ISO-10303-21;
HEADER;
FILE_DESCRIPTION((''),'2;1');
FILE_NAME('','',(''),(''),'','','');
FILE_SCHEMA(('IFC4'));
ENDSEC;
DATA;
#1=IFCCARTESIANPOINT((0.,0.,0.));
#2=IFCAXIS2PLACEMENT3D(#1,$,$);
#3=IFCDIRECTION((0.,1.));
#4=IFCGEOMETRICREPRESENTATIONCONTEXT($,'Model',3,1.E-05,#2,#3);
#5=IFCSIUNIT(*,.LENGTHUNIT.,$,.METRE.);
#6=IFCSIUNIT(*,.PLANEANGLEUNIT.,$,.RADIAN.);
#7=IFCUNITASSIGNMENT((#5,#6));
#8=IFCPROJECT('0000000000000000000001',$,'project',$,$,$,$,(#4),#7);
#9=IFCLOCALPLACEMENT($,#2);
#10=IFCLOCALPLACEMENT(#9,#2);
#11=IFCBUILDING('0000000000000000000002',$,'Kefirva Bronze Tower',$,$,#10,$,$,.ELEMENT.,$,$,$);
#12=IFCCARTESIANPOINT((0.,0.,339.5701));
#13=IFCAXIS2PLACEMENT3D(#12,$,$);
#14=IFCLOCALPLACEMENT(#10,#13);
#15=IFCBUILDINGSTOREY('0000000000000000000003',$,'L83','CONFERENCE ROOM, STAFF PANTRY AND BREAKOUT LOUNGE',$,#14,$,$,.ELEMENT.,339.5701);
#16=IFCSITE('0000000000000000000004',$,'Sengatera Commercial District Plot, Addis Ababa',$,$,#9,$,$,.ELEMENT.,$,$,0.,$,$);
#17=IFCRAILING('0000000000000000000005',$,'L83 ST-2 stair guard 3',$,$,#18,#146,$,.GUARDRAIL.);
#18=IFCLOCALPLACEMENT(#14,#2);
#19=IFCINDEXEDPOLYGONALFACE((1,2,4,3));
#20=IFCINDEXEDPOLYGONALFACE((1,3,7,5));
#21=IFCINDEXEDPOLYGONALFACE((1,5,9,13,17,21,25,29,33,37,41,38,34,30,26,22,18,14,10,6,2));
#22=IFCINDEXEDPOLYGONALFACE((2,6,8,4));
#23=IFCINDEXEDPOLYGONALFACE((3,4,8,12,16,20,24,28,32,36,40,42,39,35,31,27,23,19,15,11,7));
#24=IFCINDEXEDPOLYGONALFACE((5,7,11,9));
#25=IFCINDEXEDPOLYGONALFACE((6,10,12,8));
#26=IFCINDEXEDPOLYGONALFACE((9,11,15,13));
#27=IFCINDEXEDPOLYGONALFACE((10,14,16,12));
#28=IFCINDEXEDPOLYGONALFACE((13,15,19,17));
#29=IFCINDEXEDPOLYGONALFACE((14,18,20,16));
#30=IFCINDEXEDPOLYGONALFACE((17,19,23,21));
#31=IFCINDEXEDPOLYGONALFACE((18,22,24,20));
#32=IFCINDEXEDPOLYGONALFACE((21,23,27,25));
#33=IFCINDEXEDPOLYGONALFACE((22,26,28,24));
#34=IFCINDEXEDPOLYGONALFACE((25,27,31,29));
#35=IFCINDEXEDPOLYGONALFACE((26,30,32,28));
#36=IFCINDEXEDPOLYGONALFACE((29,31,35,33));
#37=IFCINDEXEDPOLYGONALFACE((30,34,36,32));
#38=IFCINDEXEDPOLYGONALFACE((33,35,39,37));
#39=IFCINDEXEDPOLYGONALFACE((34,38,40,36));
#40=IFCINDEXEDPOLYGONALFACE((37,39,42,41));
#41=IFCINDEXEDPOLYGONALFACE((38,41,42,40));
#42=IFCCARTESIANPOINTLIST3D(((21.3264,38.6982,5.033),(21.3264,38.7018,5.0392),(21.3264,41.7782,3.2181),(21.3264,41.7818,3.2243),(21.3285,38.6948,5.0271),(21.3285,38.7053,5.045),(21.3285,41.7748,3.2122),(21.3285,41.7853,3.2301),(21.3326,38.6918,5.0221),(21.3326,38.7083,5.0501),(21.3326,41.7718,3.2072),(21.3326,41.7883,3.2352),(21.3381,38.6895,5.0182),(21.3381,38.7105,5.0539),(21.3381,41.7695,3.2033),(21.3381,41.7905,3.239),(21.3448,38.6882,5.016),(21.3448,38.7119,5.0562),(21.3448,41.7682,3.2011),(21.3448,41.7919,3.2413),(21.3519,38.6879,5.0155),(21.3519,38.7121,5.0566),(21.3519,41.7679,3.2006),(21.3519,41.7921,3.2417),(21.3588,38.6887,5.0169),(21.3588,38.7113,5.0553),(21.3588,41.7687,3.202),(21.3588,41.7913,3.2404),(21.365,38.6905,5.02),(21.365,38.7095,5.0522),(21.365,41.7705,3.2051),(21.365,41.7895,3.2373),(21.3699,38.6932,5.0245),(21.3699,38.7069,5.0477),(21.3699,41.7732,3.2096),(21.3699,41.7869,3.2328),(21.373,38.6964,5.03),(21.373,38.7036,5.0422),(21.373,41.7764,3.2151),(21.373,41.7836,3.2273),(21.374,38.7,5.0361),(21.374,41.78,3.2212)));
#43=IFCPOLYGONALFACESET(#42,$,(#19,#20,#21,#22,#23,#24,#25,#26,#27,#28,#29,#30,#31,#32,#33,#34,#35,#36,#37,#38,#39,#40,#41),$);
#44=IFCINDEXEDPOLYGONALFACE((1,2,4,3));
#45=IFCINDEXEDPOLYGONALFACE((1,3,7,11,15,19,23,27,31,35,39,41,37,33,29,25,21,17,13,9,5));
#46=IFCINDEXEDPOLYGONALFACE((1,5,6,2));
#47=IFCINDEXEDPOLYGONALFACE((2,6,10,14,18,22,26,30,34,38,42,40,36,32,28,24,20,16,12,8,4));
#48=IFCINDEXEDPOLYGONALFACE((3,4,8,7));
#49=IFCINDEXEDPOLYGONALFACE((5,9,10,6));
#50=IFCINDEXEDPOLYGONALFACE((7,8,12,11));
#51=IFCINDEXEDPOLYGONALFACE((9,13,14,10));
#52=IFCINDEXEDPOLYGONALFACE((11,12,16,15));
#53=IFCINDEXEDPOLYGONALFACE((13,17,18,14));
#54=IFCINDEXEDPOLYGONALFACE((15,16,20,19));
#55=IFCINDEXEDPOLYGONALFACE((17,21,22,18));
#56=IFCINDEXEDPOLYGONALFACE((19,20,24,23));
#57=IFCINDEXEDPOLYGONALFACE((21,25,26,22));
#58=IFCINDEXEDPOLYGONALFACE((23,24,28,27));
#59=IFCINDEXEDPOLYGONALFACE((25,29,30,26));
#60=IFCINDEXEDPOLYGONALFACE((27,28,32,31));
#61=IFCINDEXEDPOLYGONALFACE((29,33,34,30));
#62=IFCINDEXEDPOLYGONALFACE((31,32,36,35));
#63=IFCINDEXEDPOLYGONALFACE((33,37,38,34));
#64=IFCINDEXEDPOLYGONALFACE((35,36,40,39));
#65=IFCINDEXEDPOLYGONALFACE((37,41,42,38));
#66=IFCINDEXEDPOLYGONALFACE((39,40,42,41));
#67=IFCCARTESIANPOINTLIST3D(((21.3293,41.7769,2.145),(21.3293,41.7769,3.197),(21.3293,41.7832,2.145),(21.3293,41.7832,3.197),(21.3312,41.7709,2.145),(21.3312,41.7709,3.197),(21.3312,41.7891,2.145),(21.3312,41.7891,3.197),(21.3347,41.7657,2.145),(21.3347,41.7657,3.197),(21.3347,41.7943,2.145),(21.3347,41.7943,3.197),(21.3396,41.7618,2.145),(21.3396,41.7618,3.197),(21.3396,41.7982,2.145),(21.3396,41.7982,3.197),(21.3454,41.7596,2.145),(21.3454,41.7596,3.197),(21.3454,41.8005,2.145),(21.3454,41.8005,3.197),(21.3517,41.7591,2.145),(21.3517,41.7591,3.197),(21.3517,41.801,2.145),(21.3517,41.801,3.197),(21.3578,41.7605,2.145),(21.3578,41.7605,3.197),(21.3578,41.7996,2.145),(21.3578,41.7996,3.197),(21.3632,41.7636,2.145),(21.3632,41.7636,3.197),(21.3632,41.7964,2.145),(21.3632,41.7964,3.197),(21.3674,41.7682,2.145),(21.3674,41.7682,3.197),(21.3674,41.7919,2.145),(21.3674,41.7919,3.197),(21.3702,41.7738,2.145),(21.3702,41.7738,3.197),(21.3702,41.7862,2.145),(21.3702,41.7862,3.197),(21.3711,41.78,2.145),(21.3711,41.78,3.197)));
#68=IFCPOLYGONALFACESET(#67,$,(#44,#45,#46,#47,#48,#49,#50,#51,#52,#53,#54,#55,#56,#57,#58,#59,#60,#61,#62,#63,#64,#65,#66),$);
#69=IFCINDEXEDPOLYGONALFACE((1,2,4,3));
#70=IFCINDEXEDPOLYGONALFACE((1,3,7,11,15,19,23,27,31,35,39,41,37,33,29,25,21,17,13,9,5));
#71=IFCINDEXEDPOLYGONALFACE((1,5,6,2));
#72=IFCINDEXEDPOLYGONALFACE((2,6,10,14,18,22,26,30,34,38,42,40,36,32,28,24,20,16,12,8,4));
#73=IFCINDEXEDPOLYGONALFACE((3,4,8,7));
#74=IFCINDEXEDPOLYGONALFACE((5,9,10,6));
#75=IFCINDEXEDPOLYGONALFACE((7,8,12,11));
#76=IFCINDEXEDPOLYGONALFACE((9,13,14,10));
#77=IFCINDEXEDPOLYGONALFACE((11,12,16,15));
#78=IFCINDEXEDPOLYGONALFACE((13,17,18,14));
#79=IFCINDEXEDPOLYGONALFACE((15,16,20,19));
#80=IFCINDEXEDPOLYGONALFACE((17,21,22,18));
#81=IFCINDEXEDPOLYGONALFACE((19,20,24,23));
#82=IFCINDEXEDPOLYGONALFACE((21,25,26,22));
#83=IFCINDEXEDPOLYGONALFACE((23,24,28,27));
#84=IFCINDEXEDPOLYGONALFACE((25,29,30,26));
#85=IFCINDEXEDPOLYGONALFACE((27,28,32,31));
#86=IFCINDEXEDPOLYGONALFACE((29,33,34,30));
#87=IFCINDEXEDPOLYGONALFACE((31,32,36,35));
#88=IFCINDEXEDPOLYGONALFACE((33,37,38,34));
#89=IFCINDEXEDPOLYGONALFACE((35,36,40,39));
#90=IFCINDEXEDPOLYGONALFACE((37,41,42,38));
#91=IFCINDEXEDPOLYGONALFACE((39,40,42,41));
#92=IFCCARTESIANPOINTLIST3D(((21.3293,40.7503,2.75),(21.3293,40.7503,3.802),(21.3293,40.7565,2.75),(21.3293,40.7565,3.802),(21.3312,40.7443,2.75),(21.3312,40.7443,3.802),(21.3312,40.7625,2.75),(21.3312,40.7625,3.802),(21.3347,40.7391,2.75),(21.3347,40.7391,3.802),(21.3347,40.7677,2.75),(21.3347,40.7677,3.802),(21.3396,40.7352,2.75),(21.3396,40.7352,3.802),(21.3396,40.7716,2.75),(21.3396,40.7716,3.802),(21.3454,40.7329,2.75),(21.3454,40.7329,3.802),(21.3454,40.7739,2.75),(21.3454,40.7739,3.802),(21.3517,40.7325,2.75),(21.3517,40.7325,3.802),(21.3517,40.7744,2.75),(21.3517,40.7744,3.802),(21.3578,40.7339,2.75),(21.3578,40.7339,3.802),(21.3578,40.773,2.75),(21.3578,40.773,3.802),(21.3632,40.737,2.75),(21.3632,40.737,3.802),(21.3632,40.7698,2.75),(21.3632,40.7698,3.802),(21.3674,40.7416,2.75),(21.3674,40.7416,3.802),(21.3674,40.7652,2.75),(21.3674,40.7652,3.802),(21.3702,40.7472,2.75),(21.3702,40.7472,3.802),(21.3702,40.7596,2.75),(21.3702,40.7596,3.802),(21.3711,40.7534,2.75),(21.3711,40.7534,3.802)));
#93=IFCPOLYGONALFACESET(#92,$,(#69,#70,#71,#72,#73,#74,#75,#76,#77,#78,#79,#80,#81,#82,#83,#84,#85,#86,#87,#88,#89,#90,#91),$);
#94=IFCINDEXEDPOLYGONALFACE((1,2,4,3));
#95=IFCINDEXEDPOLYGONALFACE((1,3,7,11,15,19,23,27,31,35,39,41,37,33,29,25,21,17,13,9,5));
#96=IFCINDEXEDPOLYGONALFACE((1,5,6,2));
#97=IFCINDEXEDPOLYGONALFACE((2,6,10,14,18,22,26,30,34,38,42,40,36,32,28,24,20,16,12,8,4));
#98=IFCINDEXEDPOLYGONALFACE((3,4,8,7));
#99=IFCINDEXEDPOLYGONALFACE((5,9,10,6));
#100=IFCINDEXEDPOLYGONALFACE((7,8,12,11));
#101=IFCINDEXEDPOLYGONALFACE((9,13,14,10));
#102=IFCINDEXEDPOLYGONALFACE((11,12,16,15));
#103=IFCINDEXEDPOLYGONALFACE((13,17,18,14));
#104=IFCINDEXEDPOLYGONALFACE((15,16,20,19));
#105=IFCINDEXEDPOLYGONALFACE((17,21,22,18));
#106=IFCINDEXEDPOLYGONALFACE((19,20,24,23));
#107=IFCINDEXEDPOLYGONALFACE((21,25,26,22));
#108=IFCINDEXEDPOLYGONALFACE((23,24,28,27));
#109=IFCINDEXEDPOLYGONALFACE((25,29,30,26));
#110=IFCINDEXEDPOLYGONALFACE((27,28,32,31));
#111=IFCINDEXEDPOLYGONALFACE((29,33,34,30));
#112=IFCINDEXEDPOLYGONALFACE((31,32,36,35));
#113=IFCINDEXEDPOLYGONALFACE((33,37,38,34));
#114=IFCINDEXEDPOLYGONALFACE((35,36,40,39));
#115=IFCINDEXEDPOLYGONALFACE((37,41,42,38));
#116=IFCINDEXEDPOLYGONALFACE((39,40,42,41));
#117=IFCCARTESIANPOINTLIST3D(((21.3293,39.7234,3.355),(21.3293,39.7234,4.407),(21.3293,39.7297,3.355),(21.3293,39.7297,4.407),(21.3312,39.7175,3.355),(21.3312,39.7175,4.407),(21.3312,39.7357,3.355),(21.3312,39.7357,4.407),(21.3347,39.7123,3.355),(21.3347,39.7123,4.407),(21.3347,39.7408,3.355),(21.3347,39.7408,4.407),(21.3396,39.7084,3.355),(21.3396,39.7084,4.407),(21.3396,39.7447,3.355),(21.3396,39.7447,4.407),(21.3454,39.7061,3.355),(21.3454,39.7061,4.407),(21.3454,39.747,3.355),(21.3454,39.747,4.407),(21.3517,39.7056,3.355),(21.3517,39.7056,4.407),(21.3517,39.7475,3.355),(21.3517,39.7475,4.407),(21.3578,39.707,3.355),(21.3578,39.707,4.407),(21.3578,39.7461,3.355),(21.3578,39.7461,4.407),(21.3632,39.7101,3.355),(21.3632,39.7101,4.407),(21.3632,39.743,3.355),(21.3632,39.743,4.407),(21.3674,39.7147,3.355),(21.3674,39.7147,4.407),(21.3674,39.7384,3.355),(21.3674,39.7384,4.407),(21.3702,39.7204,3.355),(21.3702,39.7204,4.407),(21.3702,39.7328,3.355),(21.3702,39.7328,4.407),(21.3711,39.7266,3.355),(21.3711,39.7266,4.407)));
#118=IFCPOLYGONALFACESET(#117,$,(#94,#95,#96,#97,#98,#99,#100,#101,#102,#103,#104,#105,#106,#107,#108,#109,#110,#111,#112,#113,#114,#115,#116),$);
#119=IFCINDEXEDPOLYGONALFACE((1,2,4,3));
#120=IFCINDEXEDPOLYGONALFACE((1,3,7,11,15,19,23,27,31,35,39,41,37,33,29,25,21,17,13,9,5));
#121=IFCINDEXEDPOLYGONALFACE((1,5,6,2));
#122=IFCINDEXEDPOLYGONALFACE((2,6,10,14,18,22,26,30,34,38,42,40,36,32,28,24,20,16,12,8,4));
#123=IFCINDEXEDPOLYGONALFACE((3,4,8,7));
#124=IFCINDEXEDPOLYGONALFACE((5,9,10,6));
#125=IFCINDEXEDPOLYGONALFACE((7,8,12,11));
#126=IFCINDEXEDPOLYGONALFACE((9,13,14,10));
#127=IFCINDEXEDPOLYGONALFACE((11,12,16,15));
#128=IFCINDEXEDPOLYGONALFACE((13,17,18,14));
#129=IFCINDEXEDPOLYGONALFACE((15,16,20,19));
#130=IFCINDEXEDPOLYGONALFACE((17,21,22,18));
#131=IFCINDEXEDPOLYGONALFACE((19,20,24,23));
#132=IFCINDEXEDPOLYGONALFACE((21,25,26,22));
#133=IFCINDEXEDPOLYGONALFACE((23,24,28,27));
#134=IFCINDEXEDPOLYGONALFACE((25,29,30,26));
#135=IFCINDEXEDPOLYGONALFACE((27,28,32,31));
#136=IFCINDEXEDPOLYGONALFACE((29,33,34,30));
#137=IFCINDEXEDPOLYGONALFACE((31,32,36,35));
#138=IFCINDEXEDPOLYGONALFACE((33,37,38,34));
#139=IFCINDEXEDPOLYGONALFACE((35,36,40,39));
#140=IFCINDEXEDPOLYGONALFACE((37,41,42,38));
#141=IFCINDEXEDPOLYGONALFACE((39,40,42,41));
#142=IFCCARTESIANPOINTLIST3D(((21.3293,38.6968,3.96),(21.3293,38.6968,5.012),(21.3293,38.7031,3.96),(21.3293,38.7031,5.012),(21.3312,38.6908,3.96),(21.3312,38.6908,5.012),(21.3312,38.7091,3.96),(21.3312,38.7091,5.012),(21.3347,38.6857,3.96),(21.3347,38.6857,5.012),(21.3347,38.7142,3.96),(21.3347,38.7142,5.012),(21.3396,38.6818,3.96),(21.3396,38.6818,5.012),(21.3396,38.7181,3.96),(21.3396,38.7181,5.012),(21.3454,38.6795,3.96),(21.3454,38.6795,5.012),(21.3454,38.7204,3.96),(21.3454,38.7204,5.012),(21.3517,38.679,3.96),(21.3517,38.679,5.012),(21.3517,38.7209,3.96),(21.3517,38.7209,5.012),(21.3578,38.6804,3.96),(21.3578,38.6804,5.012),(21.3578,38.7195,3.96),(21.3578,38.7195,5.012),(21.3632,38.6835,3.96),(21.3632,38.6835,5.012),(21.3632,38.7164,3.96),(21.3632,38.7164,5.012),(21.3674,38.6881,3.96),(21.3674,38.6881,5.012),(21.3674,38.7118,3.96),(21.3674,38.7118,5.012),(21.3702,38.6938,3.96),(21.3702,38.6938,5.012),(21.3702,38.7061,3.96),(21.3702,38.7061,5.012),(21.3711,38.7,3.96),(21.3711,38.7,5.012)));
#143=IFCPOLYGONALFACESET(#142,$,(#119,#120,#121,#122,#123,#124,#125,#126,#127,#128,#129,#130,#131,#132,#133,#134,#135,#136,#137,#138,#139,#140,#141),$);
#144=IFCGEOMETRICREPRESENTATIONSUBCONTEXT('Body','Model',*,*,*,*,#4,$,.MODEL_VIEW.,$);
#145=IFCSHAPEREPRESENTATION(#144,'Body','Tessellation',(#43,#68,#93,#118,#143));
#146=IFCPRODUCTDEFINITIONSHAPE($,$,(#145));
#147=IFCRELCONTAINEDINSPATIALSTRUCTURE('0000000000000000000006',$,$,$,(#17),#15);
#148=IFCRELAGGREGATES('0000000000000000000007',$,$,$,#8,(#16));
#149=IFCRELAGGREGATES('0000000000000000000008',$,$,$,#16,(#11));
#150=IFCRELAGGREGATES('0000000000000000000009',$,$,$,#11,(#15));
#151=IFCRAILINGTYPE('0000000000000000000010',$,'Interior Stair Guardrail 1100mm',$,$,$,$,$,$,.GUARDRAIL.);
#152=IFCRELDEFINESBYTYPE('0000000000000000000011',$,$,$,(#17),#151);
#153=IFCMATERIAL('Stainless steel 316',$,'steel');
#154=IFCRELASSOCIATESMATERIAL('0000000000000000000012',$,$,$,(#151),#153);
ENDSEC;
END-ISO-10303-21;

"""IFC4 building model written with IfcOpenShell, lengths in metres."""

from ifc_helpers import new_model, si_unit, direction, frame, origin, origin_2d, place, context, subcontext, project, spatial, circle, extrude, material, type_object, element, save


model = new_model("IFC4")

# Units and contexts
model_context = context("Model", 3, precision=1e-05, world=origin(), true_north=direction((0.0, 1.0)))
body_context = subcontext(model_context, "Body", "Model", "MODEL_VIEW")
ifc_project = project(units=[si_unit("LENGTHUNIT", "METRE"), si_unit("PLANEANGLEUNIT", "RADIAN")], contexts=[model_context])

# Site, building, storey
site_placement = place(None, origin())
site = spatial("IfcSite", under=ifc_project, at=site_placement, Name="Sengatera Commercial District Plot, Addis Ababa", CompositionType="ELEMENT", RefElevation=0.0)
building_placement = place(site_placement, origin())
building = spatial("IfcBuilding", under=site, at=building_placement, Name="Kefirva Bronze Tower", CompositionType="ELEMENT")
storey_placement = place(building_placement, frame((0.0, 0.0, 339.5701)))
storey = spatial("IfcBuildingStorey", under=building, at=storey_placement, Name="L83", Description="CONFERENCE ROOM, STAFF PANTRY AND BREAKOUT LOUNGE", CompositionType="ELEMENT", Elevation=339.5701)

# Shared definitions
ifc_material_1 = material(Name="Stainless steel 316", Category="steel")

# Railing
railing_type_1 = type_object("IfcRailingType", Name="Interior Stair Guardrail 1100mm", PredefinedType="GUARDRAIL", material=ifc_material_1)
railing_1_placement = place(storey_placement, frame((21.3501, 41.78, 2.145)))
element("IfcRailing", 1, at=railing_1_placement, inside=storey, type_object=railing_type_1, Name="L83 ST-2 stair guard 3", PredefinedType="GUARDRAIL", context=body_context, shape_type="SweptSolid", body=[
    extrude(circle(Radius=0.0239, at=origin_2d()), frame((0.0, 0.0, 1.0762), z_axis=(0.0, -0.861551, 0.507671), x_axis=(1.0, 0.0, 0.0)), (0.0, 0.0, 1.0), 3.575),
    extrude(circle(Radius=0.021, at=origin_2d()), origin(), (0.0, 0.0, 1.0), 1.052),
    extrude(circle(Radius=0.021, at=origin_2d()), frame((0.0, -1.0266, 0.605)), (0.0, 0.0, 1.0), 1.052),
    extrude(circle(Radius=0.021, at=origin_2d()), frame((0.0, -2.0535, 1.21)), (0.0, 0.0, 1.0), 1.052),
    extrude(circle(Radius=0.021, at=origin_2d()), frame((0.0, -3.0801, 1.8149)), (0.0, 0.0, 1.0), 1.052),
])

save(model, "model.ifc")
